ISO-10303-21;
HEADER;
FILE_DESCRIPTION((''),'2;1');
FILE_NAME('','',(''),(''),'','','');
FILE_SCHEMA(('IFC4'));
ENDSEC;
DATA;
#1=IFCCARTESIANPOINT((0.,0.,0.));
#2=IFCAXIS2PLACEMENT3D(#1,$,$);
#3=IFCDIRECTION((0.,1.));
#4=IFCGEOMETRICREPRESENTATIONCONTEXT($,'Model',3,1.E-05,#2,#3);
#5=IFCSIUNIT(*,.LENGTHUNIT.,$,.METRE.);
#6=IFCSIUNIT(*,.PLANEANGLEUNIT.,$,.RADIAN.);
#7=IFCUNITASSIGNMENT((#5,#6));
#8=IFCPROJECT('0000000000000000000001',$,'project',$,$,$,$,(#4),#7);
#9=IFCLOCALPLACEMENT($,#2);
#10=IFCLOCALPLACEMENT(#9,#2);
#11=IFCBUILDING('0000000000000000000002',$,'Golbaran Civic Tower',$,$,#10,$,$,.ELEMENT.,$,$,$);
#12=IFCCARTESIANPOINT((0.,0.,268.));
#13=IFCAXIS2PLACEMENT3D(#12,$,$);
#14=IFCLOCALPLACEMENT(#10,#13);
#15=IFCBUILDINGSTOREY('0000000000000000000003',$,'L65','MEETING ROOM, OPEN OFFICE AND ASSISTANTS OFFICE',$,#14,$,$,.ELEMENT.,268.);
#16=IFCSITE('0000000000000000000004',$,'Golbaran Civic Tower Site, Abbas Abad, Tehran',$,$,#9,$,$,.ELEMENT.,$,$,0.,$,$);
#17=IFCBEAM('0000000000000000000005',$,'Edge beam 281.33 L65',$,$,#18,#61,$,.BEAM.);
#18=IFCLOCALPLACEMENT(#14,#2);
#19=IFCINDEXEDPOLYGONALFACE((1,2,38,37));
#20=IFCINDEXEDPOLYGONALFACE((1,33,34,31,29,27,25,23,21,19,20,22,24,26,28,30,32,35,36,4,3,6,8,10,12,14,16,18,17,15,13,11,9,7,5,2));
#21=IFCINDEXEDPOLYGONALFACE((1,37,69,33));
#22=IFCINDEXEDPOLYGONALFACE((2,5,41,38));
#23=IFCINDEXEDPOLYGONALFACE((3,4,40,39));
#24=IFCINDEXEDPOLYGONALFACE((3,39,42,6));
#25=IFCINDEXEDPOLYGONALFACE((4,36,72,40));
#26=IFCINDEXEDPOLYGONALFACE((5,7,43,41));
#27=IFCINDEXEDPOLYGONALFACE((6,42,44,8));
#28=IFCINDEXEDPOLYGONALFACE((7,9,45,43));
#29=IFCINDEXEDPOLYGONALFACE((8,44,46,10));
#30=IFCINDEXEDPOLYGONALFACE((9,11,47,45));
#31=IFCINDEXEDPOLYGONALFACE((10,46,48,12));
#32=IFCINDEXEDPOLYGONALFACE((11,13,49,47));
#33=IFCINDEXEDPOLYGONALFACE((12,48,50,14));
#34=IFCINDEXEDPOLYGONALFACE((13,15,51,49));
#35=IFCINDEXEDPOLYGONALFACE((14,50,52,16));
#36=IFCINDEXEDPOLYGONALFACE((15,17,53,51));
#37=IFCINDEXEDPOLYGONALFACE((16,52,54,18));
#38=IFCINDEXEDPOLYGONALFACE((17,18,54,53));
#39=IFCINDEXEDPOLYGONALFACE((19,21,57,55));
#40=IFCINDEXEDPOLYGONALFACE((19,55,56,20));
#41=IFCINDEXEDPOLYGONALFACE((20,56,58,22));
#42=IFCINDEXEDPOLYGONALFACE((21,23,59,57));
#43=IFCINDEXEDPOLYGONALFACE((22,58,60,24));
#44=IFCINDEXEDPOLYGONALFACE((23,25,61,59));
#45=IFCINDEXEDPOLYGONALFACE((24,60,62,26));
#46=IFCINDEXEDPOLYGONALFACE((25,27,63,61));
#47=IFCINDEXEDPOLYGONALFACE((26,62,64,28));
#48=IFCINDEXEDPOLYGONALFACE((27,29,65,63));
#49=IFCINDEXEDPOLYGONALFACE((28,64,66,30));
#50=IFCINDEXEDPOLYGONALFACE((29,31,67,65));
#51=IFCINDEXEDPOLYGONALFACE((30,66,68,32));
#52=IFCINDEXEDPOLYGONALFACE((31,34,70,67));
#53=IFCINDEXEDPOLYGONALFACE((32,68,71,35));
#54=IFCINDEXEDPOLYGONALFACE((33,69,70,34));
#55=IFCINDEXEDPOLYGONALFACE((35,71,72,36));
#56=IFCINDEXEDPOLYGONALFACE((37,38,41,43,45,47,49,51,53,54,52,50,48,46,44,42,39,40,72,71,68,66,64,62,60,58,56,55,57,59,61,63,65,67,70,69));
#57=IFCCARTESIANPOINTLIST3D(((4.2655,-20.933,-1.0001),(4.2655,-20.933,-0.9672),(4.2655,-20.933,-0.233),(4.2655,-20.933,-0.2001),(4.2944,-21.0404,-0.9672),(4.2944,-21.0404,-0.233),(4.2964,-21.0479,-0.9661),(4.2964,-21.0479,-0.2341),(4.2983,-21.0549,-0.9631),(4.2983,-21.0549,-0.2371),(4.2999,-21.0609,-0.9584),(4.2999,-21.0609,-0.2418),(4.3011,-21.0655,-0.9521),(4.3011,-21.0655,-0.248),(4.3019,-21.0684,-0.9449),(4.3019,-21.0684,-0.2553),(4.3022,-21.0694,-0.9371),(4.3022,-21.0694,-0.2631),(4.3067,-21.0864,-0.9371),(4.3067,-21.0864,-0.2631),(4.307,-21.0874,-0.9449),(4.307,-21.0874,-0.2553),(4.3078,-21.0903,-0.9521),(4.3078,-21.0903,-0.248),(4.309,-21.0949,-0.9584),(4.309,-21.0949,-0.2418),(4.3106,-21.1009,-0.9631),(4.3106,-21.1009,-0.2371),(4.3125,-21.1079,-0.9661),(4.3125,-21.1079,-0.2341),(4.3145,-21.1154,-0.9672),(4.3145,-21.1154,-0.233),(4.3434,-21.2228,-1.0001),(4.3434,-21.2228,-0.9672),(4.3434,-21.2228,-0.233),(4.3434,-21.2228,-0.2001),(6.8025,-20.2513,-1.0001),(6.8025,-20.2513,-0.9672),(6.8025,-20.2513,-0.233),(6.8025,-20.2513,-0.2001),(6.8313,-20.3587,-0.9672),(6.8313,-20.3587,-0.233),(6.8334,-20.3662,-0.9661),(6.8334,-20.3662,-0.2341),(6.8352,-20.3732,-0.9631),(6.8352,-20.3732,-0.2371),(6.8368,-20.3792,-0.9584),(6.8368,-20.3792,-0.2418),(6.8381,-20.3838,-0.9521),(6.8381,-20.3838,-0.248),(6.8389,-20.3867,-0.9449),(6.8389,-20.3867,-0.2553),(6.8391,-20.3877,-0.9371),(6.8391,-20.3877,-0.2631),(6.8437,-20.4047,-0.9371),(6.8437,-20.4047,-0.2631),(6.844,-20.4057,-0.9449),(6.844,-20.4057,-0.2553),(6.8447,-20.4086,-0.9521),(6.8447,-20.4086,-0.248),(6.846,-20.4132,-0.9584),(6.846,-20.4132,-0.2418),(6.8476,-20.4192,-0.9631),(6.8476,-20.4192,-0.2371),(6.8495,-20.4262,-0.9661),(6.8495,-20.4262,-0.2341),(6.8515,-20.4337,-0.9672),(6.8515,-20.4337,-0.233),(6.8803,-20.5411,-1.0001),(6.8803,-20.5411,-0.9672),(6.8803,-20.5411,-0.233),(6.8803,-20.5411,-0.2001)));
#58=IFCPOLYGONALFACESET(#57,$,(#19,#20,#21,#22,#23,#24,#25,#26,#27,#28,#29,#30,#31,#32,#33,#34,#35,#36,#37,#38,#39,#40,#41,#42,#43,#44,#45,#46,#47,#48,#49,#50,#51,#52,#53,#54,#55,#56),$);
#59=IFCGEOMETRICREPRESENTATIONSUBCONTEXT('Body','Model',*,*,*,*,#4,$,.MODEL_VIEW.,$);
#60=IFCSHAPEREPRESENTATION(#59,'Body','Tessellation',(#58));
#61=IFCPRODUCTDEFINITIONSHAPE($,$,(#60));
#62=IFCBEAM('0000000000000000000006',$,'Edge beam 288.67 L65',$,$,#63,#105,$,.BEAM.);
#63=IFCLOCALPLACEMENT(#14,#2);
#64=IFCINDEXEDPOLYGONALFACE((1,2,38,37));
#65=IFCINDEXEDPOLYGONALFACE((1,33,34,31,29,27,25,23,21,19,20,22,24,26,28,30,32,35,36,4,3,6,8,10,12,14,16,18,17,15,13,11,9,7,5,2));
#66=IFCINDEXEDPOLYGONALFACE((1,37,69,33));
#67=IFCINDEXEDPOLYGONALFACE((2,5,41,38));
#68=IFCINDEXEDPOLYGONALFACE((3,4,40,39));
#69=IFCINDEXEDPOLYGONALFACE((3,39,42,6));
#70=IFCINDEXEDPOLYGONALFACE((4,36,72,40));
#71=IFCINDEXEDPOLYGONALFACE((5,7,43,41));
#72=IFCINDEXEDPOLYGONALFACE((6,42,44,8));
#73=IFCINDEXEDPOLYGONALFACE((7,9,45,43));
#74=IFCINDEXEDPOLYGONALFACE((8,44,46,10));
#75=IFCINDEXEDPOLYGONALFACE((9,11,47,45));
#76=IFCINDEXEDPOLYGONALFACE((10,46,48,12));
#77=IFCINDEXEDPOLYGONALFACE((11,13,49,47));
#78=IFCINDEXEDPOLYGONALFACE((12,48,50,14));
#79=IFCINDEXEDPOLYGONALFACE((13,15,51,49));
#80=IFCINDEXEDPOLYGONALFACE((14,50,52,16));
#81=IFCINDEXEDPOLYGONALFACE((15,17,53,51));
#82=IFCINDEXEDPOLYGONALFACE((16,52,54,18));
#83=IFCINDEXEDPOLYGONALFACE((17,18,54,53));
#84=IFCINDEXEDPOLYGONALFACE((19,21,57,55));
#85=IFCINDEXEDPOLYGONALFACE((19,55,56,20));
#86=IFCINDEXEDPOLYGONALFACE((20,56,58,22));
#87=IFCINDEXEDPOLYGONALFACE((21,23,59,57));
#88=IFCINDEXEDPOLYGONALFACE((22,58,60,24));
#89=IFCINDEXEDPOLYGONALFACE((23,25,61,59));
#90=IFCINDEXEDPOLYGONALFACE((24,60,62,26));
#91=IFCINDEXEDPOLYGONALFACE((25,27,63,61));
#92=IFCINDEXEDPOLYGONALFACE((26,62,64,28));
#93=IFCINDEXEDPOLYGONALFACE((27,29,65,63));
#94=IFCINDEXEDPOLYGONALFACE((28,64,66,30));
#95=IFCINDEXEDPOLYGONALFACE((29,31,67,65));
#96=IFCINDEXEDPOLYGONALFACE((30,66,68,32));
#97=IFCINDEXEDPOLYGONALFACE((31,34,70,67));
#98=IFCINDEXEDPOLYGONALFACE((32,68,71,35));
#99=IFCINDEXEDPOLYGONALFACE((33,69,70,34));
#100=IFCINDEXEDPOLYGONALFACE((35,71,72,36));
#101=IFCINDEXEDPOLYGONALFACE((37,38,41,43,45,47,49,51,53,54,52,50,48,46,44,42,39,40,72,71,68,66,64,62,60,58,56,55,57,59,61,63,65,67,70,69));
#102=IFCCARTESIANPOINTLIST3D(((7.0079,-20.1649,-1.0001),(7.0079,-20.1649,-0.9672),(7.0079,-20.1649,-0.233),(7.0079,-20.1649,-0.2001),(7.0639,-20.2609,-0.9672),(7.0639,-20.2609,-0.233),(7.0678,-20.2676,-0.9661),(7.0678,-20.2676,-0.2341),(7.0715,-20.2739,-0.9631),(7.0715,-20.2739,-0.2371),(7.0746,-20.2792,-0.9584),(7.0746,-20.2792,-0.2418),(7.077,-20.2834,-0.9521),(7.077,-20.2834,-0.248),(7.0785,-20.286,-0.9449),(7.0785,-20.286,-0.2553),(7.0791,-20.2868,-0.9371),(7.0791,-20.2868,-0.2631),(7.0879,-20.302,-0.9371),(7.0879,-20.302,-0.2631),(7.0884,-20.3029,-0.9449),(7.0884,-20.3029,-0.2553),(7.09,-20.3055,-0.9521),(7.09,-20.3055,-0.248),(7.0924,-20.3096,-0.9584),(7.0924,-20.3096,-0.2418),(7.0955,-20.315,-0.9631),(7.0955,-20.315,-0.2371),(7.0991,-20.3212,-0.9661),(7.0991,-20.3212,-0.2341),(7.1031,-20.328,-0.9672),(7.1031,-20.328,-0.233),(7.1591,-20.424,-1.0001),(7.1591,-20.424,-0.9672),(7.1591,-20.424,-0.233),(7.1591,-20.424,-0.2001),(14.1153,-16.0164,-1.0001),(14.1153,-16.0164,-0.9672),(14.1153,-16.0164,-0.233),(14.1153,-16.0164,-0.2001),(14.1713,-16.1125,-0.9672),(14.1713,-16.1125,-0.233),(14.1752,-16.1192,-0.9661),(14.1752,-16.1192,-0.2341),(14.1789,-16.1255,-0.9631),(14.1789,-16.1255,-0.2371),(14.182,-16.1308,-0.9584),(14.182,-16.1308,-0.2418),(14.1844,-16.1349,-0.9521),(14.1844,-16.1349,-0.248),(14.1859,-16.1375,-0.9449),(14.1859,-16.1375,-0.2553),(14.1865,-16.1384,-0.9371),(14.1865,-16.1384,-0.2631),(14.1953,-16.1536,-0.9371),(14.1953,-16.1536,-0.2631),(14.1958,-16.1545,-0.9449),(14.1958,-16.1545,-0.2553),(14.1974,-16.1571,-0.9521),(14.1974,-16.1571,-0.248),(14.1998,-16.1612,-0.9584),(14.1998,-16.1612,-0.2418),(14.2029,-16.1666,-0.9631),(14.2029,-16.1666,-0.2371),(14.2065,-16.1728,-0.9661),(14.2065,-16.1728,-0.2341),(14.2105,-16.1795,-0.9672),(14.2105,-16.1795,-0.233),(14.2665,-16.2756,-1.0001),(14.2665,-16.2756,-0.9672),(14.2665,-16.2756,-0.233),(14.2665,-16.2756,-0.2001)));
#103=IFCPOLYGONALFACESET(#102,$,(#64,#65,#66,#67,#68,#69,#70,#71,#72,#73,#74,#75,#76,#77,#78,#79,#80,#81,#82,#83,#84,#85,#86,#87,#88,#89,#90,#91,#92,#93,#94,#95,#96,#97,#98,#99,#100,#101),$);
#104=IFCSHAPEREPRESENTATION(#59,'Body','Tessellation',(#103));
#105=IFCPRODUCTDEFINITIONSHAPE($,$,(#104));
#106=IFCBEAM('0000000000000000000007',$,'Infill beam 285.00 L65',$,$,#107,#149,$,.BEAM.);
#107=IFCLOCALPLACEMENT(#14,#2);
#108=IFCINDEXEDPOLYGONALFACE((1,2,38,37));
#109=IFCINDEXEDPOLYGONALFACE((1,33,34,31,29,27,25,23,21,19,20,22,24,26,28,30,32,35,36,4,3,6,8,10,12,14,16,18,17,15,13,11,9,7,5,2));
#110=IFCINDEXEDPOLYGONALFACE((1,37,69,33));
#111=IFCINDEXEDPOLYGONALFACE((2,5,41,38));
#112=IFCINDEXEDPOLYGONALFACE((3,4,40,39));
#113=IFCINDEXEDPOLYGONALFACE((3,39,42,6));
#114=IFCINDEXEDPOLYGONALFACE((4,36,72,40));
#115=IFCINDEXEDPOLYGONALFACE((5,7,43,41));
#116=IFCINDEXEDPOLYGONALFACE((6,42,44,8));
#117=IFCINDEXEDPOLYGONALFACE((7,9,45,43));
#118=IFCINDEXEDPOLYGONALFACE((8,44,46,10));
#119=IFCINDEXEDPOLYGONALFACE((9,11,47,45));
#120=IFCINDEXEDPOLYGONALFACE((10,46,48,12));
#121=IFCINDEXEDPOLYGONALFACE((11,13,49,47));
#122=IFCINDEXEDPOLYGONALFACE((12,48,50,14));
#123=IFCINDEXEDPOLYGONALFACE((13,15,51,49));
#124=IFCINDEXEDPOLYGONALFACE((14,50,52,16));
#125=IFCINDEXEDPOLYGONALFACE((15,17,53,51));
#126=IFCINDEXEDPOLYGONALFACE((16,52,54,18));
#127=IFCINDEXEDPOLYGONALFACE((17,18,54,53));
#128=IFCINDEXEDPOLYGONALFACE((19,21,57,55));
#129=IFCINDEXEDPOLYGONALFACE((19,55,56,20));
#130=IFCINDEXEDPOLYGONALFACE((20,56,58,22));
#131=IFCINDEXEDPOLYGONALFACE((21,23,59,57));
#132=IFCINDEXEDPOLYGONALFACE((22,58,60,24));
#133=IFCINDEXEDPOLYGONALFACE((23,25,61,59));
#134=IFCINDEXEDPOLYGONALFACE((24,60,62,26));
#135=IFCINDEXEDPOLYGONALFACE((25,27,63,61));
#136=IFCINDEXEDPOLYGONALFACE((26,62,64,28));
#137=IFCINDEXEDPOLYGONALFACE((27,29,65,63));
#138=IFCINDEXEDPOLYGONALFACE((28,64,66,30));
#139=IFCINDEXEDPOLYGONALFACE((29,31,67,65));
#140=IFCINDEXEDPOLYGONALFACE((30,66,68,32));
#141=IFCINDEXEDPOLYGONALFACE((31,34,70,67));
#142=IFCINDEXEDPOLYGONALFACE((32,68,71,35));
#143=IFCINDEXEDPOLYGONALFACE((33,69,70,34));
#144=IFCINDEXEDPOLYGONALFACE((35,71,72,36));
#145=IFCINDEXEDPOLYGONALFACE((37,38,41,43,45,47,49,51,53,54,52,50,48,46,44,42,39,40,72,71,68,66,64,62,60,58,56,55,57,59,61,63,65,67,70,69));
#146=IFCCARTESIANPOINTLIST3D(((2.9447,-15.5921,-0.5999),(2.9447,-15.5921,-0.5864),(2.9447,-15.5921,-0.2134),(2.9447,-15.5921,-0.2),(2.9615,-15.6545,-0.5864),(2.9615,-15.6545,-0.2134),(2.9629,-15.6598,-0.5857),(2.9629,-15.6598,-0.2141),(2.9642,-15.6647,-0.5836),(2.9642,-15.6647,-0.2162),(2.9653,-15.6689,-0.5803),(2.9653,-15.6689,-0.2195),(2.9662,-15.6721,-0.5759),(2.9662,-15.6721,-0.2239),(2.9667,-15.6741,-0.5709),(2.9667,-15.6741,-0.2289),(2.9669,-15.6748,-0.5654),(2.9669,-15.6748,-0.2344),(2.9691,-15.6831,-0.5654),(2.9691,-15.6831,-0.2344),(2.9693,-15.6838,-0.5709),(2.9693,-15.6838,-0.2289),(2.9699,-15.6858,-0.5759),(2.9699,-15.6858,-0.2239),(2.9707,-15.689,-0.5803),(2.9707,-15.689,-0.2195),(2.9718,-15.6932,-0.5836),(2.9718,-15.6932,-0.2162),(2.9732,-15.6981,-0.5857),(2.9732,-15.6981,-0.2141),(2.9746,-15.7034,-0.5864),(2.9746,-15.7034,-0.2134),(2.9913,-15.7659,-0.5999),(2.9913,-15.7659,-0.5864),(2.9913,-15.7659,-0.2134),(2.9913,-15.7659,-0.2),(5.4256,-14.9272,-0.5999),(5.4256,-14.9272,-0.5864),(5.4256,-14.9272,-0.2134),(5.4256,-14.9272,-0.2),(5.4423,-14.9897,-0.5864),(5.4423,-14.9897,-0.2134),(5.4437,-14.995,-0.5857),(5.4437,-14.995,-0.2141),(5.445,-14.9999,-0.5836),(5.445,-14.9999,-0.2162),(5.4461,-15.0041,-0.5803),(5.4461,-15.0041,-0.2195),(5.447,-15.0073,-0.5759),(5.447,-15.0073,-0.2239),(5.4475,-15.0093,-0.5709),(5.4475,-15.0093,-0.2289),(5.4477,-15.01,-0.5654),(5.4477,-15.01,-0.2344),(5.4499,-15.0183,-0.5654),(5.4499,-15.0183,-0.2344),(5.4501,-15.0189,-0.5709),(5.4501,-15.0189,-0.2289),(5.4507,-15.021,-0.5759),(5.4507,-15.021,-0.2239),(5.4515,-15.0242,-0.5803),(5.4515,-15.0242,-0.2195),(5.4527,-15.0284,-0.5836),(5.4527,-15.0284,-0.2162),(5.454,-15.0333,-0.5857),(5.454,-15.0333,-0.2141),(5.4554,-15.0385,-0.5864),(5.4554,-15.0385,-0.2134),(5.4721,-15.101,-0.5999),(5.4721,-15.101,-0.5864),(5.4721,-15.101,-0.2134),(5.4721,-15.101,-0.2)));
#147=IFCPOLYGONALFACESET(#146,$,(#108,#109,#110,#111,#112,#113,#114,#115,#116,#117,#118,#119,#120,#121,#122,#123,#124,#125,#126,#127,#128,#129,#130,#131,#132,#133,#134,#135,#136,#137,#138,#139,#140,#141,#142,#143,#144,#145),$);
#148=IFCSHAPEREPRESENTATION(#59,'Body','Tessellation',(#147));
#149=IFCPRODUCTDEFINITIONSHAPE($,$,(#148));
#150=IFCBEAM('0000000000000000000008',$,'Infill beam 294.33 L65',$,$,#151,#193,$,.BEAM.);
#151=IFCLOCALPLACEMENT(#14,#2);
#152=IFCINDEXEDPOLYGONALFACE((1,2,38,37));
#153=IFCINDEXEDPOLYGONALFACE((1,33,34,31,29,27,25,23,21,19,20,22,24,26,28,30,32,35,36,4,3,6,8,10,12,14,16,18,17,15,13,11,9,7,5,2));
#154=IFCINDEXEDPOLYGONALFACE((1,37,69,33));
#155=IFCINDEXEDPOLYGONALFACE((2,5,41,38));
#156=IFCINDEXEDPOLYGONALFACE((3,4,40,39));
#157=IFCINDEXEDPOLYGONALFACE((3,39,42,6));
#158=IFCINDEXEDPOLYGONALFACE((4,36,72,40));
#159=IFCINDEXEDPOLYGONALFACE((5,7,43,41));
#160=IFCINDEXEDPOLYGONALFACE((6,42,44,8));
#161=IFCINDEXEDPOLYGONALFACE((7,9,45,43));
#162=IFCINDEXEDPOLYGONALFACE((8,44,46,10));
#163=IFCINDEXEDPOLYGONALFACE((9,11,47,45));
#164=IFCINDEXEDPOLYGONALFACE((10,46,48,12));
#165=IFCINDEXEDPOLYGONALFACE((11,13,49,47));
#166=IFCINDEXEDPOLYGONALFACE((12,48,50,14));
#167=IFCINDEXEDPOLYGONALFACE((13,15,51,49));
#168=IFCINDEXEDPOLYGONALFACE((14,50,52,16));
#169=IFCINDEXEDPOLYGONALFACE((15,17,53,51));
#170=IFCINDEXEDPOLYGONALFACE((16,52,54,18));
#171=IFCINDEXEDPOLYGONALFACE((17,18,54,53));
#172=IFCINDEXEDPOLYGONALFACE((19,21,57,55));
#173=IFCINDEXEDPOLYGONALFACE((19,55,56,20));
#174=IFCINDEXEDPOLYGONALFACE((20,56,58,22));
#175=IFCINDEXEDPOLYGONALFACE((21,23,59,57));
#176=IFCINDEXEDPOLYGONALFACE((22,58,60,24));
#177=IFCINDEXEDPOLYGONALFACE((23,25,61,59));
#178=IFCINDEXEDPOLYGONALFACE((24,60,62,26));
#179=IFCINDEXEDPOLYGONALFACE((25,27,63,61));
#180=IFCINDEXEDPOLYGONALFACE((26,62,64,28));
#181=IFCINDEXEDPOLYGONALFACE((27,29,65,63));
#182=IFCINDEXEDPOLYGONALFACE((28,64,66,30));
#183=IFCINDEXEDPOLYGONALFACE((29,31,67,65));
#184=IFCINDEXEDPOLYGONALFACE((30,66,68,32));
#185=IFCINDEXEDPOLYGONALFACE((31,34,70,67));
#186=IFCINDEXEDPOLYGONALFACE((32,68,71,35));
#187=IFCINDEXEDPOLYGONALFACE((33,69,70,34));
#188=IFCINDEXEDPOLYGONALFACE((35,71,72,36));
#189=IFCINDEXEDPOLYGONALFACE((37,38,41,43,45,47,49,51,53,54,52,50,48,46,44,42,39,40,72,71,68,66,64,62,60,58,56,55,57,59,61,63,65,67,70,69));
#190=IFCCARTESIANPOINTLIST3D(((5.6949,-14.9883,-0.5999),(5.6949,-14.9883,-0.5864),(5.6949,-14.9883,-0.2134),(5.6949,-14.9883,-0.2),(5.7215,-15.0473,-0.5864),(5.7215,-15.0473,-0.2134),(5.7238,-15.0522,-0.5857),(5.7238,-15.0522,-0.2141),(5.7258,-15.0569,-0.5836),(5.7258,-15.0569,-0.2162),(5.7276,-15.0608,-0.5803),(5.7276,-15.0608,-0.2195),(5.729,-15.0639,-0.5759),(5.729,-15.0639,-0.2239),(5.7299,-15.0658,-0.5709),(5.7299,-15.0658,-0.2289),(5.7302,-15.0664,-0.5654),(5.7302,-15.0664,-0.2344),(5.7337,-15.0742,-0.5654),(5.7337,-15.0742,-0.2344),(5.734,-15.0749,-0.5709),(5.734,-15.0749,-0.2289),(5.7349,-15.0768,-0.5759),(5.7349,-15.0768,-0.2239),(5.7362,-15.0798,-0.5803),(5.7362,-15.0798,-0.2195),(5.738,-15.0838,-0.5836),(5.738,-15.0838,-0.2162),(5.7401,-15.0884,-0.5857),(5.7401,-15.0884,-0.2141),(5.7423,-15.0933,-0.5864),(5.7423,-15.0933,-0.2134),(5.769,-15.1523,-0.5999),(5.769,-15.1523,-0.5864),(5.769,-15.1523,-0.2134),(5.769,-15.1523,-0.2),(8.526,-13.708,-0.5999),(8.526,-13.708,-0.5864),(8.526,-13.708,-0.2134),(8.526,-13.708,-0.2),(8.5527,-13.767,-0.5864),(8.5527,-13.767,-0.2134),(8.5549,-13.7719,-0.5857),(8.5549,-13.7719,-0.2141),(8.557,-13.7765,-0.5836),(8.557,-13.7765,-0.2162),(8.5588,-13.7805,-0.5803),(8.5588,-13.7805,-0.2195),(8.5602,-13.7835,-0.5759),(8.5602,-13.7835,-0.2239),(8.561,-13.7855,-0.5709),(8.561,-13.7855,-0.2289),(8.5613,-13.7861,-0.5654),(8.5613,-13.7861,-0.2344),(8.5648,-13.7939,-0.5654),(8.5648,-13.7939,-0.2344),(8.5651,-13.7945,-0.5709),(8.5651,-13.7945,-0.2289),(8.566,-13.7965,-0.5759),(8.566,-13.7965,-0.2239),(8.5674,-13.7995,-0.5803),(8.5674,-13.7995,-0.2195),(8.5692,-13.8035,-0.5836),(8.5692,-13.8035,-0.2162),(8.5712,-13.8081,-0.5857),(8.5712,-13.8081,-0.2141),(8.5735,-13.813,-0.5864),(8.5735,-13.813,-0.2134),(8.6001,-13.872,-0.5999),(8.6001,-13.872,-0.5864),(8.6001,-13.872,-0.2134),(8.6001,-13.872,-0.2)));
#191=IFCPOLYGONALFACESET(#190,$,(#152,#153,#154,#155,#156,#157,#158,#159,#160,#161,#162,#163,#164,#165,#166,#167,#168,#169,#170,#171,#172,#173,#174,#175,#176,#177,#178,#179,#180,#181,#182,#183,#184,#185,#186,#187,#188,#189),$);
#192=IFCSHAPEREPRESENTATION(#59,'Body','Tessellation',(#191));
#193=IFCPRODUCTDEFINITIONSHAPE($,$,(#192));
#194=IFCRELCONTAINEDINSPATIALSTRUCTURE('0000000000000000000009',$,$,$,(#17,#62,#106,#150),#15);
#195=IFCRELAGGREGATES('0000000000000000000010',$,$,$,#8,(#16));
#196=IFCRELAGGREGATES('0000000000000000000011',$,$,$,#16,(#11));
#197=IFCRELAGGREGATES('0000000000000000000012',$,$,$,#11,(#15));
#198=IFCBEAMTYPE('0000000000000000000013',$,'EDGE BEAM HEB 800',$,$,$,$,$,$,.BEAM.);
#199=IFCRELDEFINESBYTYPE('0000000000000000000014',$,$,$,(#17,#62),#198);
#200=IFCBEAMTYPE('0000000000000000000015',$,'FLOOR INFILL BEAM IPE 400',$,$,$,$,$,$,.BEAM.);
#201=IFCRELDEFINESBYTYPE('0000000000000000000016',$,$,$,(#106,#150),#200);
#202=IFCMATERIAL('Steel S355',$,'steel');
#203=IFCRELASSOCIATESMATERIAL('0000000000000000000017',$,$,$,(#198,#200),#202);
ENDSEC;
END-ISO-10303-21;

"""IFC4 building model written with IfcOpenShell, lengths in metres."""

from ifc_helpers import new_model, si_unit, direction, frame, origin, origin_2d, place, context, subcontext, project, spatial, i_section, extrude, material, material_profile, profile_set, type_object, element, save


model = new_model("IFC4")

# Units and contexts
model_context = context("Model", 3, precision=1e-05, world=origin(), true_north=direction((0.0, 1.0)))
body_context = subcontext(model_context, "Body", "Model", "MODEL_VIEW")
ifc_project = project(units=[si_unit("LENGTHUNIT", "METRE"), si_unit("PLANEANGLEUNIT", "RADIAN")], contexts=[model_context])

# Site, building, storey
site_placement = place(None, origin())
site = spatial("IfcSite", under=ifc_project, at=site_placement, Name="Golbaran Civic Tower Site, Abbas Abad, Tehran", CompositionType="ELEMENT", RefElevation=0.0)
building_placement = place(site_placement, origin())
building = spatial("IfcBuilding", under=site, at=building_placement, Name="Golbaran Civic Tower", CompositionType="ELEMENT")
storey_placement = place(building_placement, frame((0.0, 0.0, 268.0)))
storey = spatial("IfcBuildingStorey", under=building, at=storey_placement, Name="L65", Description="MEETING ROOM, OPEN OFFICE AND ASSISTANTS OFFICE", CompositionType="ELEMENT", Elevation=268.0)

# Beams
ifc_material_1 = material(Name="Steel S355", Category="steel")
ifc_material_profile_1 = material_profile(ifc_material_1, i_section(OverallWidth=0.3, OverallDepth=0.8, WebThickness=0.0176, FlangeThickness=0.033, FilletRadius=0.03, at=origin_2d()), Name="HEB 800")
ifc_profile_set_1 = profile_set([ifc_material_profile_1], Name="Steel S355")
beam_type_1 = type_object("IfcBeamType", Name="EDGE BEAM HEB 800", PredefinedType="BEAM", material=ifc_profile_set_1)
beam_1_placement = place(storey_placement, frame((4.3044, -21.0779, -0.6001), z_axis=(0.965746, 0.25949, 0.0), x_axis=(-0.25949, 0.965746, 0.0)))
element("IfcBeam", 1, at=beam_1_placement, inside=storey, type_object=beam_type_1, Name="Edge beam 281.33 L65", PredefinedType="BEAM", context=body_context, shape_type="SweptSolid", body=[
    extrude(i_section(OverallWidth=0.3, OverallDepth=0.8, WebThickness=0.0176, FlangeThickness=0.033, FilletRadius=0.03, at=origin_2d()), origin(), (0.0, 0.0, 1.0), 2.627),
])
beam_2_placement = place(storey_placement, frame((7.0835, -20.2944, -0.6001), z_axis=(0.86365, 0.504092, 0.0), x_axis=(-0.504092, 0.86365, 0.0)))
element("IfcBeam", 2, at=beam_2_placement, inside=storey, type_object=beam_type_1, Name="Edge beam 288.67 L65", PredefinedType="BEAM", context=body_context, shape_type="SweptSolid", body=[
    extrude(i_section(OverallWidth=0.3, OverallDepth=0.8, WebThickness=0.0176, FlangeThickness=0.033, FilletRadius=0.03, at=origin_2d()), origin(), (0.0, 0.0, 1.0), 8.2295),
])
ifc_material_profile_2 = material_profile(ifc_material_1, i_section(OverallWidth=0.1799, OverallDepth=0.3999, WebThickness=0.0085, FlangeThickness=0.0134, FilletRadius=0.021, at=origin_2d()), Name="IPE 400")
ifc_profile_set_2 = profile_set([ifc_material_profile_2], Name="Steel S355")
beam_type_2 = type_object("IfcBeamType", Name="FLOOR INFILL BEAM IPE 400", PredefinedType="BEAM", material=ifc_profile_set_2)
beam_3_placement = place(storey_placement, frame((2.968, -15.679, -0.3999), z_axis=(0.965917, 0.258852, 0.0), x_axis=(-0.258852, 0.965917, 0.0)))
element("IfcBeam", 3, at=beam_3_placement, inside=storey, type_object=beam_type_2, Name="Infill beam 285.00 L65", PredefinedType="BEAM", context=body_context, shape_type="SweptSolid", body=[
    extrude(i_section(OverallWidth=0.1799, OverallDepth=0.3999, WebThickness=0.0085, FlangeThickness=0.0134, FilletRadius=0.021, at=origin_2d()), origin(), (0.0, 0.0, 1.0), 2.5684),
])
beam_4_placement = place(storey_placement, frame((5.7319, -15.0703, -0.3999), z_axis=(0.911161, 0.41205, 0.0), x_axis=(-0.41205, 0.911161, 0.0)))
element("IfcBeam", 4, at=beam_4_placement, inside=storey, type_object=beam_type_2, Name="Infill beam 294.33 L65", PredefinedType="BEAM", context=body_context, shape_type="SweptSolid", body=[
    extrude(i_section(OverallWidth=0.1799, OverallDepth=0.3999, WebThickness=0.0085, FlangeThickness=0.0134, FilletRadius=0.021, at=origin_2d()), origin(), (0.0, 0.0, 1.0), 3.1072),
])

save(model, "model.ifc")
